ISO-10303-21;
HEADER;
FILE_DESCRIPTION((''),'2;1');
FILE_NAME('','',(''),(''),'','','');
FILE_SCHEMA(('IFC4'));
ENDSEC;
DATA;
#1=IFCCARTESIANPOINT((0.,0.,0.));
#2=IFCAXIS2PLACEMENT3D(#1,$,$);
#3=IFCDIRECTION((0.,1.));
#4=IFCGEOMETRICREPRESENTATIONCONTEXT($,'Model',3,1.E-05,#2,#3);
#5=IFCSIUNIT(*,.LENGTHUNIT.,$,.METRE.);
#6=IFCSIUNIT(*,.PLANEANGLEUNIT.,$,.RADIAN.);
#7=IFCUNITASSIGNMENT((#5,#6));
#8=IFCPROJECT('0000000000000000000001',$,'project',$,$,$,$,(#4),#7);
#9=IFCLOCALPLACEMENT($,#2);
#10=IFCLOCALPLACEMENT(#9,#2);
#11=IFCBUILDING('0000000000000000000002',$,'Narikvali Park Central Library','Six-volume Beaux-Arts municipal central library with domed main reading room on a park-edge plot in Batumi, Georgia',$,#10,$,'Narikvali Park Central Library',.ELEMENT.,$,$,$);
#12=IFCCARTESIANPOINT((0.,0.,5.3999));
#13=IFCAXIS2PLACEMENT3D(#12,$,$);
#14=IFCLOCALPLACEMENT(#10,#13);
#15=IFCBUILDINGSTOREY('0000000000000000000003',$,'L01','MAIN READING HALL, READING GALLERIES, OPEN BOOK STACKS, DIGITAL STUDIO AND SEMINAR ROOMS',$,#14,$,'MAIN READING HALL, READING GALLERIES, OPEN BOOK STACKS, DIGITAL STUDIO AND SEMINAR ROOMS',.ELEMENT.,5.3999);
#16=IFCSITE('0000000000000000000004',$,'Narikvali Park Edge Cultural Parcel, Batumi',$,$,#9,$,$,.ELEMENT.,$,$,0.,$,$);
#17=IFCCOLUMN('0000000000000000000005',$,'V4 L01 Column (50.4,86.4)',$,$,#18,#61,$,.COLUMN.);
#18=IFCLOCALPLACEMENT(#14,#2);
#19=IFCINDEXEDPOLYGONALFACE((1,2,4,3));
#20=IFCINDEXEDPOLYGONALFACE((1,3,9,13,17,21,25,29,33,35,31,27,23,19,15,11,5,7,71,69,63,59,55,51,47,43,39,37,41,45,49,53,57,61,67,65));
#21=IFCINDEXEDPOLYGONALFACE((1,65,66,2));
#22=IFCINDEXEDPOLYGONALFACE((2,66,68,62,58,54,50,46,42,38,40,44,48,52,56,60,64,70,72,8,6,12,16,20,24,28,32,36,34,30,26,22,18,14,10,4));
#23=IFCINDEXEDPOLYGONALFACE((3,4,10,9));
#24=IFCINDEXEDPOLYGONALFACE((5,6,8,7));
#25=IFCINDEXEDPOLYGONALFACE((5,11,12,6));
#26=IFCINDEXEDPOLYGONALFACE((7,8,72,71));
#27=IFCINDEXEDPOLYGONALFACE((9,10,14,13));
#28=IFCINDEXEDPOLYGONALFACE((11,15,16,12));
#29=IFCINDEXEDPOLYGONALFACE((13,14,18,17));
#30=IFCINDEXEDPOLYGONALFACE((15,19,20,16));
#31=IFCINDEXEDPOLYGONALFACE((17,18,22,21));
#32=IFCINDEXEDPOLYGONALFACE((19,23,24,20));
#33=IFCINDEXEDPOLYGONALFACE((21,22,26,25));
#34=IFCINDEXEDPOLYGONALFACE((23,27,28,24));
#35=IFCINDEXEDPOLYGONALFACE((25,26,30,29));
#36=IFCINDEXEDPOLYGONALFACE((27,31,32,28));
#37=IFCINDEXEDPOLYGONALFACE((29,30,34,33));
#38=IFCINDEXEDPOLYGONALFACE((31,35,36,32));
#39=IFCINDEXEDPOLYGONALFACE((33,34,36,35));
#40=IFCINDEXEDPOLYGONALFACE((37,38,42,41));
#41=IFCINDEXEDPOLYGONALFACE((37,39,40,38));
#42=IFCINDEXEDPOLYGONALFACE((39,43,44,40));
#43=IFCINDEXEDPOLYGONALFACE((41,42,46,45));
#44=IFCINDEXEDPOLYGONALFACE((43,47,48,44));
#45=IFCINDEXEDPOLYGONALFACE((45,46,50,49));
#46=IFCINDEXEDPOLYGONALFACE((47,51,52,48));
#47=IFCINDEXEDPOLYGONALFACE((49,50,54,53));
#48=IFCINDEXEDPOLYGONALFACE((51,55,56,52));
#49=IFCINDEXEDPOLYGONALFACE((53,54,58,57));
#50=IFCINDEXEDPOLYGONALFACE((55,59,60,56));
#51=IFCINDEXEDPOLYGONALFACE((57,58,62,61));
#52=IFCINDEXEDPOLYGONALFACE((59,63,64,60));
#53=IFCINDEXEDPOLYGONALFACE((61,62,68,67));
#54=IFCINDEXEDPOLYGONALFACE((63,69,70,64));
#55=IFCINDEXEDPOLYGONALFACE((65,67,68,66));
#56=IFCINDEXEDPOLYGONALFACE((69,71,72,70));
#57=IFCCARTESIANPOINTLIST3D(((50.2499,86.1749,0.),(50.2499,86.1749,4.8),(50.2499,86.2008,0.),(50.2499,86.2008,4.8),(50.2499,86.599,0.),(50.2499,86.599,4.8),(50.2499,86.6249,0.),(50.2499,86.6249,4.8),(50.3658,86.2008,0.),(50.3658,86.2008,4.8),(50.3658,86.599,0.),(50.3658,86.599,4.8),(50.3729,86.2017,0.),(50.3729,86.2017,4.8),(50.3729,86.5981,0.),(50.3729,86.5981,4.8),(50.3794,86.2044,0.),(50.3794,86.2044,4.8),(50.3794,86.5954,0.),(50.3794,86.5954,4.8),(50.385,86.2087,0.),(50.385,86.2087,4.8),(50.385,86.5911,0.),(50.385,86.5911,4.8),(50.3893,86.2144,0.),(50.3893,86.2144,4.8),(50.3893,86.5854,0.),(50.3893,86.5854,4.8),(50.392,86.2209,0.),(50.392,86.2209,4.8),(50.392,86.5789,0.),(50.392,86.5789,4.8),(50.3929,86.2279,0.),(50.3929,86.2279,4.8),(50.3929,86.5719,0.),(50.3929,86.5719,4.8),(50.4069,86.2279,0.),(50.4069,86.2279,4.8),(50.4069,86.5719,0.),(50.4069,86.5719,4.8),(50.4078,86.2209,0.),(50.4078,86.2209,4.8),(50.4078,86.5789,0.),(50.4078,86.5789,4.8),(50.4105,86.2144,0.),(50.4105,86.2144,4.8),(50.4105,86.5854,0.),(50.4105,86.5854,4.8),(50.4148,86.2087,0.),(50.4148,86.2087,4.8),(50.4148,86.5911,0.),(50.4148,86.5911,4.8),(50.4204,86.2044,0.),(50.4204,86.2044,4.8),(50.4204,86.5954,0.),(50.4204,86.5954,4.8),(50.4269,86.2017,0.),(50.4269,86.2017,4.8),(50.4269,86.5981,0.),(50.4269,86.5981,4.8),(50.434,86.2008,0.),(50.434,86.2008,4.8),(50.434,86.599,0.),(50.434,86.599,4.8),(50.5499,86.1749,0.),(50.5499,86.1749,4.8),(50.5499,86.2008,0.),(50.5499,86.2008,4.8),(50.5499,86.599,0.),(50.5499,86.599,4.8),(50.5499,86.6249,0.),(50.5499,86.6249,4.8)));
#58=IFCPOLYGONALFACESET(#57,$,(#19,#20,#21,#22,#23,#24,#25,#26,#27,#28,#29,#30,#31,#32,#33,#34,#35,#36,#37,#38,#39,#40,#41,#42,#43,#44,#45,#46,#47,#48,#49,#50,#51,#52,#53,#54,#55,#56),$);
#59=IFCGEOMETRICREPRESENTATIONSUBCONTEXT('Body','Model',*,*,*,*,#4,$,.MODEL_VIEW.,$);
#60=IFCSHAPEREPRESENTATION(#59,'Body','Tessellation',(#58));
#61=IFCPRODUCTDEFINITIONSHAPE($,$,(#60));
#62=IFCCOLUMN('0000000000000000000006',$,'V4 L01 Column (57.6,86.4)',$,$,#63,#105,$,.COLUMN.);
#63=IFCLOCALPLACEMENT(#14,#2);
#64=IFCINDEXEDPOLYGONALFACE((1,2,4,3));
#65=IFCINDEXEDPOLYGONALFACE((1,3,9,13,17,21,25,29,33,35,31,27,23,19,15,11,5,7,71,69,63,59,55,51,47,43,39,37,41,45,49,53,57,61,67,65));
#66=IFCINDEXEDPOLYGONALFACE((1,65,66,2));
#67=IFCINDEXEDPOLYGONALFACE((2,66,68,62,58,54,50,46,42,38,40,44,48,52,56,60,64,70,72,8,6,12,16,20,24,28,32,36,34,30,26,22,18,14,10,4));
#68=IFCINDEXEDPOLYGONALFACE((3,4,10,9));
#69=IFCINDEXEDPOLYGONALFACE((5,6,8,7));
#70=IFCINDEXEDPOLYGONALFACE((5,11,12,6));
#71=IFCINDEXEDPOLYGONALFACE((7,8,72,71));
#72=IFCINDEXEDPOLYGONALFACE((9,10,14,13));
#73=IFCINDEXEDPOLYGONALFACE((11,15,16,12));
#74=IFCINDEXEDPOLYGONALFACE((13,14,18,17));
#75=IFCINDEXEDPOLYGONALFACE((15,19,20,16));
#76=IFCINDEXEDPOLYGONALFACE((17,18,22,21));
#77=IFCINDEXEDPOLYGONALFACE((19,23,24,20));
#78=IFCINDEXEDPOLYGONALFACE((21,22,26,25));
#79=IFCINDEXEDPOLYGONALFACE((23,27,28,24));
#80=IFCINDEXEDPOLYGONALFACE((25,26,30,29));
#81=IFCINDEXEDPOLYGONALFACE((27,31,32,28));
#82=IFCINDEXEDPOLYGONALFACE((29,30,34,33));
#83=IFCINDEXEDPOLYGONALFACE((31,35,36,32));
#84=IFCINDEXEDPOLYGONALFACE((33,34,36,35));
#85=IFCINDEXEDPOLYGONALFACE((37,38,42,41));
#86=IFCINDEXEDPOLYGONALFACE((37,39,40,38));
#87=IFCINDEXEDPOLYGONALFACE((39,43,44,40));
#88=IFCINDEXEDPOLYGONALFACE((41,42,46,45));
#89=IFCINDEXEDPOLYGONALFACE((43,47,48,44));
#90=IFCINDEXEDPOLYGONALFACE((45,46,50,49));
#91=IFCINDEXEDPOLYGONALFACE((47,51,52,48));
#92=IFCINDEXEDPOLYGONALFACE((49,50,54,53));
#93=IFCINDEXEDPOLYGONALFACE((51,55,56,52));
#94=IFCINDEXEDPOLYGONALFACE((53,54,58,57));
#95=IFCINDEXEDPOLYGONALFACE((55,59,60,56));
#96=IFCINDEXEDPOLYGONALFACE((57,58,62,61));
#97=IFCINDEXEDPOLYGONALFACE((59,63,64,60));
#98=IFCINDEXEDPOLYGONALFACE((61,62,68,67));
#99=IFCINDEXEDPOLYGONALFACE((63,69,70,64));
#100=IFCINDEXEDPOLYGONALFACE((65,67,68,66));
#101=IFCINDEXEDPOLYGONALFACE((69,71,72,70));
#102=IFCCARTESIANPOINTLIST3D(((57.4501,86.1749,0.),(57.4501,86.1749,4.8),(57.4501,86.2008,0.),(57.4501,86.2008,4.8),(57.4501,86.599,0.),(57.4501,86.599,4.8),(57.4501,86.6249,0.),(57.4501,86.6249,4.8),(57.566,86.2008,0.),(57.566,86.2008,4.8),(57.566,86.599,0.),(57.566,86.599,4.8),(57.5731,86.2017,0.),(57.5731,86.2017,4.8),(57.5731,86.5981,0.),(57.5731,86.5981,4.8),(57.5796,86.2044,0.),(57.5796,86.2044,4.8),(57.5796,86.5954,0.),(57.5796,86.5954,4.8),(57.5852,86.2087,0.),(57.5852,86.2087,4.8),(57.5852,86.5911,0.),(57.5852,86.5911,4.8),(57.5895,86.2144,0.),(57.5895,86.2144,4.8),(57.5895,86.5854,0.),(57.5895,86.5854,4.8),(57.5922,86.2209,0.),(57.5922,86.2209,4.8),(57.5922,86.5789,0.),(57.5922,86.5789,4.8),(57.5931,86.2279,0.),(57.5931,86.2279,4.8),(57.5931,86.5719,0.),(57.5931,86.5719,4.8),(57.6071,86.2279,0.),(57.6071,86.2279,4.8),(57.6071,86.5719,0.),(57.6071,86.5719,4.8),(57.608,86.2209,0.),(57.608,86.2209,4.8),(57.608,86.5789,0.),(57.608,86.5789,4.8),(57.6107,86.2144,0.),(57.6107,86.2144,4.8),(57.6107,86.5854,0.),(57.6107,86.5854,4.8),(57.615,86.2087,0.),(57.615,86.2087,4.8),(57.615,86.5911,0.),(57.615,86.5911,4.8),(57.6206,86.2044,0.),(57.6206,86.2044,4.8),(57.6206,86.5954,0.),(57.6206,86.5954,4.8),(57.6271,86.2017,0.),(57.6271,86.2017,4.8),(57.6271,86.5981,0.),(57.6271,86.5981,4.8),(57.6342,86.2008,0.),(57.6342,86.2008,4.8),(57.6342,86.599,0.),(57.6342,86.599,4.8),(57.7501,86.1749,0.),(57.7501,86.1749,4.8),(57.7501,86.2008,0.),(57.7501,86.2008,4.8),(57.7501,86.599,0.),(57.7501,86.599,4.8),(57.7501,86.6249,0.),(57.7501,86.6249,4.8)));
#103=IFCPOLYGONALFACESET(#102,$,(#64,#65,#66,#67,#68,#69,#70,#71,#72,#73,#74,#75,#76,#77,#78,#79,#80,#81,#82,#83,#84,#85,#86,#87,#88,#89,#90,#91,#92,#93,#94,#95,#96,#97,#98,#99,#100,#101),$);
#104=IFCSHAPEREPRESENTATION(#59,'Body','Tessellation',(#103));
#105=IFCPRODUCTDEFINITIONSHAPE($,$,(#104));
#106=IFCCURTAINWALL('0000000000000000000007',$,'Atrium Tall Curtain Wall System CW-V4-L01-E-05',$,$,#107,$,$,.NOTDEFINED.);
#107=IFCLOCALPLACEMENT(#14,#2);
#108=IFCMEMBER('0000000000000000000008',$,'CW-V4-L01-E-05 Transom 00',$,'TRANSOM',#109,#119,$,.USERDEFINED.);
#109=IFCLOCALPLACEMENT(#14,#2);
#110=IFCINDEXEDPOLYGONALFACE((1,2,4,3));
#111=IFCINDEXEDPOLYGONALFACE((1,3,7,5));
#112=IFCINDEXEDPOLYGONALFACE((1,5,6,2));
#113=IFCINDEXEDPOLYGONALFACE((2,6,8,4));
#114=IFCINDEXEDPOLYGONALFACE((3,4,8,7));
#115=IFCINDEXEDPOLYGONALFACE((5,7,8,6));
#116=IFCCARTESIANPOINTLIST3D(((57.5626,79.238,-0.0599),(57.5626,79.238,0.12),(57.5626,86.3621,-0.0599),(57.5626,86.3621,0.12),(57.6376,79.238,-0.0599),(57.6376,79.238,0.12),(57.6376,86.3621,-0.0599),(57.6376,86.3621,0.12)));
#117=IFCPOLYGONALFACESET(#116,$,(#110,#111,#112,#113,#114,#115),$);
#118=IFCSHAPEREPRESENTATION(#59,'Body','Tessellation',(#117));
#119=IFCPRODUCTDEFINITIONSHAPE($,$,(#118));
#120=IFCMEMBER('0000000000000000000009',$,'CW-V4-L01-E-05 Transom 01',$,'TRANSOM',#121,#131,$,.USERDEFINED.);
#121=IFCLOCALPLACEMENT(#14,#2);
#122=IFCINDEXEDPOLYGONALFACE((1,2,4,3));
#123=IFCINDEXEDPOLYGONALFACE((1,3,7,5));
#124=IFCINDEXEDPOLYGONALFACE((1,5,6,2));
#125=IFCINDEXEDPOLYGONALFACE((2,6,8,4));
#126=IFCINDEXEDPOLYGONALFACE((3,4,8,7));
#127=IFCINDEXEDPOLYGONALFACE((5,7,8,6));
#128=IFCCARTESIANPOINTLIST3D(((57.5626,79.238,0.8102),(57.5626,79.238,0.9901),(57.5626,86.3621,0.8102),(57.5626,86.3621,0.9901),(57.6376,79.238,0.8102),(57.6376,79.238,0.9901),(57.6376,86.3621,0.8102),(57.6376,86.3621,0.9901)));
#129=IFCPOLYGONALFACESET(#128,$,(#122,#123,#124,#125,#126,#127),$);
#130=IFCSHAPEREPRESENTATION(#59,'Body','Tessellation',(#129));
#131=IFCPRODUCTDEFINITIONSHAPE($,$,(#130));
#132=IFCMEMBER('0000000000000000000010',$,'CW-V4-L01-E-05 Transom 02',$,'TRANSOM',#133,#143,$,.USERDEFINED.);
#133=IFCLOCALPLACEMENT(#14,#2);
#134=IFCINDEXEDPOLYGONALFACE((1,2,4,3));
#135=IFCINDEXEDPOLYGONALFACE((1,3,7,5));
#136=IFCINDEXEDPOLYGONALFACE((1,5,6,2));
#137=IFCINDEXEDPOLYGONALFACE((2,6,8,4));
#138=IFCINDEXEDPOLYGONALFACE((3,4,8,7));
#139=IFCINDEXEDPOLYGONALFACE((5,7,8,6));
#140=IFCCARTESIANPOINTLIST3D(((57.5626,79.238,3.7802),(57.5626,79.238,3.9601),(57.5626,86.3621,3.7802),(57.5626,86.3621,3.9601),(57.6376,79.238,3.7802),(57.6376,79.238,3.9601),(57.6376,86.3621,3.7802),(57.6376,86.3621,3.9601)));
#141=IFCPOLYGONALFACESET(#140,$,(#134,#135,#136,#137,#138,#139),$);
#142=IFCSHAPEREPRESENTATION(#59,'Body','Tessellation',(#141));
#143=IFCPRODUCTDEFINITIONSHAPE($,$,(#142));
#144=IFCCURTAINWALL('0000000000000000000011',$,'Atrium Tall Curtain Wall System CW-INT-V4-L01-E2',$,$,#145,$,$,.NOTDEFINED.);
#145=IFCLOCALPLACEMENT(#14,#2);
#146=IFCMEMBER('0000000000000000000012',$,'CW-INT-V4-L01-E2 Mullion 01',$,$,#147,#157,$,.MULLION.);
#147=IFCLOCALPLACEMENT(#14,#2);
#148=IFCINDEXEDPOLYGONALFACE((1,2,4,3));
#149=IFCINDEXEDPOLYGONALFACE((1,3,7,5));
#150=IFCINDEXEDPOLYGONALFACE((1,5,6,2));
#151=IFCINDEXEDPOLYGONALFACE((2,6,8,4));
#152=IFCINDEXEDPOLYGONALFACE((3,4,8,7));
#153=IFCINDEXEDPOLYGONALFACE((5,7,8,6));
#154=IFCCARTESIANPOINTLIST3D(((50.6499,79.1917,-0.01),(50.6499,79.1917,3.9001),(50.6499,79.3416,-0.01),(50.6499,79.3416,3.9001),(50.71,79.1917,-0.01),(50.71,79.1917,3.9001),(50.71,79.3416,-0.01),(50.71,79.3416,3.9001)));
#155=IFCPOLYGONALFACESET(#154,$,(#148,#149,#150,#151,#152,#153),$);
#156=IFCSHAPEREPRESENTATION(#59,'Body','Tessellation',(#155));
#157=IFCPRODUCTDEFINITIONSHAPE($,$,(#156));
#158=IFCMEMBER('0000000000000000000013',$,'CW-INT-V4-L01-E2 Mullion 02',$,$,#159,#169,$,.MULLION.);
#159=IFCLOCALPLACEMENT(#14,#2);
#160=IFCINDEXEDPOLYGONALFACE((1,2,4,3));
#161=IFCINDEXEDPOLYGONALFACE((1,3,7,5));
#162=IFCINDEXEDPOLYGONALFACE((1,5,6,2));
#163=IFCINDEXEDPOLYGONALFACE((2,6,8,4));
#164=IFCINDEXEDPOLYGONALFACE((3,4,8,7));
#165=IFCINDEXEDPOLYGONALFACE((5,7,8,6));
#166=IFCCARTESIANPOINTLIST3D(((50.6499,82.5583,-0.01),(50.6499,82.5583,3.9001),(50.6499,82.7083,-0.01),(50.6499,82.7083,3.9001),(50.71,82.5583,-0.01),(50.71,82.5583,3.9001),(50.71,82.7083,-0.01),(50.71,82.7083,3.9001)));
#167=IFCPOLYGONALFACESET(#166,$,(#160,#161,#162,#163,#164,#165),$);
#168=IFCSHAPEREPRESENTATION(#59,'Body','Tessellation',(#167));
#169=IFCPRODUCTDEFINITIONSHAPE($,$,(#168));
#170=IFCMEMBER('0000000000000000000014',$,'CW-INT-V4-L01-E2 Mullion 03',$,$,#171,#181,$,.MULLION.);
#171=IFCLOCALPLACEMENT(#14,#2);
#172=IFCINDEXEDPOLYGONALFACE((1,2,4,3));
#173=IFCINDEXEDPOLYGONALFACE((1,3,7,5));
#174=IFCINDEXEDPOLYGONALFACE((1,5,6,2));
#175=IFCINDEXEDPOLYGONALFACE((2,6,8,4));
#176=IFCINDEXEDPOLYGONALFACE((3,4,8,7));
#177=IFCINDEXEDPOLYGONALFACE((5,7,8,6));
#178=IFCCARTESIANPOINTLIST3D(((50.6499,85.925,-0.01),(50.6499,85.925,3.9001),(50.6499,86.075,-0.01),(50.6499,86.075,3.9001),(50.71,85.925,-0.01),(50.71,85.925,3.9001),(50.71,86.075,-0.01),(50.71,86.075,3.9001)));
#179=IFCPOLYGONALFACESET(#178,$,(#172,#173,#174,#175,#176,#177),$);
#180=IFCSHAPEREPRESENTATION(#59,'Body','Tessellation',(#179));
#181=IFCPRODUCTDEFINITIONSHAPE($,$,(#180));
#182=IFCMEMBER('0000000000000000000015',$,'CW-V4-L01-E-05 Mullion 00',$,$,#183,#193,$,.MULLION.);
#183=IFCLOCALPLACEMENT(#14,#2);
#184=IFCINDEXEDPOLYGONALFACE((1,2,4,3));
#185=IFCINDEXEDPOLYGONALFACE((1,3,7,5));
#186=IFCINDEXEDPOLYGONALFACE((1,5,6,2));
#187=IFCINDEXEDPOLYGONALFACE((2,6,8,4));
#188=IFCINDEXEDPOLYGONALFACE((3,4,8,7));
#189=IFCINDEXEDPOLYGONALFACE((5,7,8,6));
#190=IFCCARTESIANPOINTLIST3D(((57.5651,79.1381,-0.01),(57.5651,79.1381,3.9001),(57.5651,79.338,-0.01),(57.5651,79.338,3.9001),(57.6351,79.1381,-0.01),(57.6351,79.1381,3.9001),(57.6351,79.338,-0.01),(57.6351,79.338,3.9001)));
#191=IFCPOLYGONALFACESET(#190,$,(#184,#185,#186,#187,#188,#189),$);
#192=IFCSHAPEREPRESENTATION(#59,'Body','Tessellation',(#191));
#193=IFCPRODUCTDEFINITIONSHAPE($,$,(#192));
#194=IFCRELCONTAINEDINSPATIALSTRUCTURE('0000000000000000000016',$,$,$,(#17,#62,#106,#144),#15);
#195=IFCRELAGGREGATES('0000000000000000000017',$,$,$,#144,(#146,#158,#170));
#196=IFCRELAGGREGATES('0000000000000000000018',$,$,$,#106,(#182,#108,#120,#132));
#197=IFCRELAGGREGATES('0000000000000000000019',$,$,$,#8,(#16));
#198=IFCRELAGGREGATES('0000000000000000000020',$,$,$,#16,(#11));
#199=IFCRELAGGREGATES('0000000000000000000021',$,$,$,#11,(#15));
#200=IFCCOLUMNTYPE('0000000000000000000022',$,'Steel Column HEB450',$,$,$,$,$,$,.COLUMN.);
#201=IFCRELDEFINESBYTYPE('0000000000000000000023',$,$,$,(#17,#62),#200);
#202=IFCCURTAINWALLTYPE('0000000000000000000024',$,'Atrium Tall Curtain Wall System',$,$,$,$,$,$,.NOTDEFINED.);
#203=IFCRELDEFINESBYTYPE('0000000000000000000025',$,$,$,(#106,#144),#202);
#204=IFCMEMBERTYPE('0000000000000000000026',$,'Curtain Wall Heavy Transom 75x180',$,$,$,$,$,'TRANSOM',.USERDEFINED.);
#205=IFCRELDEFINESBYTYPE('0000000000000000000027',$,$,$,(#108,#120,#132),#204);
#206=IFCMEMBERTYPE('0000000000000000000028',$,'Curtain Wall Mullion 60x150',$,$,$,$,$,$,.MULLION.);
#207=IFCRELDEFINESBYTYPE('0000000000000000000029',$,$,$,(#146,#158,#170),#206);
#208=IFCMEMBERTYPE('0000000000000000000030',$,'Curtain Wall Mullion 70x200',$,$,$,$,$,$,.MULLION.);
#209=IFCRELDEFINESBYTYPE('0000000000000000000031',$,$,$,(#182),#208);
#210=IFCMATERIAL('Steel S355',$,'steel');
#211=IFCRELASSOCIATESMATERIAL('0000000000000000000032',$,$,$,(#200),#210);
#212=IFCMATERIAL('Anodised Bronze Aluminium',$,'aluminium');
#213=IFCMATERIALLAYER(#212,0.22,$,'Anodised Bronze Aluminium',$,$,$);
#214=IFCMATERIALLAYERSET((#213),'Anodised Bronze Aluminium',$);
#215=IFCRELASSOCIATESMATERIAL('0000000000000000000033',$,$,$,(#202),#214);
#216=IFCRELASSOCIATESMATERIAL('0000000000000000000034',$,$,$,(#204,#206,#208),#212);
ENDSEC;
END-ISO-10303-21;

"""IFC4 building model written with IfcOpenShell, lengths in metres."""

from ifc_helpers import new_model, si_unit, direction, frame, origin, origin_2d, place, context, subcontext, project, spatial, rectangle, i_section, extrude, material, layer, layer_set, material_profile, profile_set, type_object, element, aggregate, save


model = new_model("IFC4")

# Units and contexts
model_context = context("Model", 3, precision=1e-05, world=origin(), true_north=direction((0.0, 1.0)))
body_context = subcontext(model_context, "Body", "Model", "MODEL_VIEW")
ifc_project = project(units=[si_unit("LENGTHUNIT", "METRE"), si_unit("PLANEANGLEUNIT", "RADIAN")], contexts=[model_context])

# Site, building, storey
site_placement = place(None, origin())
site = spatial("IfcSite", under=ifc_project, at=site_placement, Name="Narikvali Park Edge Cultural Parcel, Batumi", CompositionType="ELEMENT", RefElevation=0.0)
building_placement = place(site_placement, origin())
building = spatial("IfcBuilding", under=site, at=building_placement, Name="Narikvali Park Central Library", Description="Six-volume Beaux-Arts municipal central library with domed main reading room on a park-edge plot in Batumi, Georgia", LongName="Narikvali Park Central Library", CompositionType="ELEMENT")
storey_placement = place(building_placement, frame((0.0, 0.0, 5.3999)))
storey = spatial("IfcBuildingStorey", under=building, at=storey_placement, Name="L01", Description="MAIN READING HALL, READING GALLERIES, OPEN BOOK STACKS, DIGITAL STUDIO AND SEMINAR ROOMS", LongName="MAIN READING HALL, READING GALLERIES, OPEN BOOK STACKS, DIGITAL STUDIO AND SEMINAR ROOMS", CompositionType="ELEMENT", Elevation=5.3999)

# Columns
ifc_material_1 = material(Name="Steel S355", Category="steel")
ifc_material_profile_1 = material_profile(ifc_material_1, i_section(OverallWidth=0.3, OverallDepth=0.45, WebThickness=0.0139, FlangeThickness=0.0259, FilletRadius=0.0271, at=origin_2d()), Name="HEB 450")
ifc_profile_set_1 = profile_set([ifc_material_profile_1], Name="Steel S355")
column_type = type_object("IfcColumnType", Name="Steel Column HEB450", PredefinedType="COLUMN", material=ifc_profile_set_1)
for number, where, z_axis, x_axis, name in (
    (1, (50.3999, 86.3999, 0.0), (0.0, 0.0, 1.0), (1.0, 0.0, 0.0), "V4 L01 Column (50.4,86.4)"),
    (2, (57.6001, 86.3999, 0.0), (0.0, 0.0, 1.0), (1.0, 0.0, 0.0), "V4 L01 Column (57.6,86.4)"),
):
    element("IfcColumn", number, at=place(storey_placement, frame(where, z_axis=z_axis, x_axis=x_axis)), inside=storey, type_object=column_type, Name=name, PredefinedType="COLUMN", context=body_context, shape_type="SweptSolid", body=[
        extrude(i_section(OverallWidth=0.3, OverallDepth=0.45, WebThickness=0.0139, FlangeThickness=0.0259, FilletRadius=0.0271, at=origin_2d()), origin(), (0.0, 0.0, 1.0), 4.8),
    ])

# Curtain walls, members
ifc_material_2 = material(Name="Anodised Bronze Aluminium", Category="aluminium")
ifc_layer_1 = layer(ifc_material_2, 0.22, Name="Anodised Bronze Aluminium")
ifc_layer_set_1 = layer_set([ifc_layer_1], Name="Anodised Bronze Aluminium")
curtain_wall_type = type_object("IfcCurtainWallType", Name="Atrium Tall Curtain Wall System", PredefinedType="NOTDEFINED", material=ifc_layer_set_1)
curtain_wall_1_placement = place(storey_placement, origin())
curtain_wall_1 = element("IfcCurtainWall", 3, at=curtain_wall_1_placement, inside=storey, type_object=curtain_wall_type, Name="Atrium Tall Curtain Wall System CW-V4-L01-E-05", PredefinedType="NOTDEFINED")
ifc_material_profile_2 = material_profile(ifc_material_2, rectangle(XDim=0.075, YDim=0.1799, at=origin_2d()), Name="CW TRANSOM 75x180")
ifc_profile_set_2 = profile_set([ifc_material_profile_2], Name="Anodised Bronze Aluminium")
member_type_1 = type_object("IfcMemberType", Name="Curtain Wall Heavy Transom 75x180", ElementType="TRANSOM", PredefinedType="USERDEFINED", material=ifc_profile_set_2)
member_1_placement = place(storey_placement, frame((57.6001, 79.238, 0.03), z_axis=(0.0, 1.0, 0.0), x_axis=(-1.0, 0.0, 0.0)))
member_1 = element("IfcMember", 4, at=member_1_placement, type_object=member_type_1, Name="CW-V4-L01-E-05 Transom 00", ObjectType="TRANSOM", PredefinedType="USERDEFINED", context=body_context, shape_type="SweptSolid", body=[
    extrude(rectangle(XDim=0.075, YDim=0.1799, at=origin_2d()), origin(), (0.0, 0.0, 1.0), 7.124),
])
member_2_placement = place(storey_placement, frame((57.6001, 79.238, 0.9001), z_axis=(0.0, 1.0, 0.0), x_axis=(-1.0, 0.0, 0.0)))
member_2 = element("IfcMember", 5, at=member_2_placement, type_object=member_type_1, Name="CW-V4-L01-E-05 Transom 01", ObjectType="TRANSOM", PredefinedType="USERDEFINED", context=body_context, shape_type="SweptSolid", body=[
    extrude(rectangle(XDim=0.075, YDim=0.1799, at=origin_2d()), origin(), (0.0, 0.0, 1.0), 7.124),
])
member_3_placement = place(storey_placement, frame((57.6001, 79.238, 3.8701), z_axis=(0.0, 1.0, 0.0), x_axis=(-1.0, 0.0, 0.0)))
member_3 = element("IfcMember", 6, at=member_3_placement, type_object=member_type_1, Name="CW-V4-L01-E-05 Transom 02", ObjectType="TRANSOM", PredefinedType="USERDEFINED", context=body_context, shape_type="SweptSolid", body=[
    extrude(rectangle(XDim=0.075, YDim=0.1799, at=origin_2d()), origin(), (0.0, 0.0, 1.0), 7.124),
])
curtain_wall_2_placement = place(storey_placement, origin())
curtain_wall_2 = element("IfcCurtainWall", 7, at=curtain_wall_2_placement, inside=storey, type_object=curtain_wall_type, Name="Atrium Tall Curtain Wall System CW-INT-V4-L01-E2", PredefinedType="NOTDEFINED")
ifc_material_profile_3 = material_profile(ifc_material_2, rectangle(XDim=0.0601, YDim=0.1499, at=origin_2d()), Name="CW MULLION 60x150")
ifc_profile_set_3 = profile_set([ifc_material_profile_3], Name="Anodised Bronze Aluminium")
member_type_2 = type_object("IfcMemberType", Name="Curtain Wall Mullion 60x150", PredefinedType="MULLION", material=ifc_profile_set_3)
member_4_placement = place(storey_placement, frame((50.6799, 79.2666, -0.01), z_axis=(0.0, 0.0, 1.0), x_axis=(1.0, 0.0, 0.0)))
member_4 = element("IfcMember", 8, at=member_4_placement, type_object=member_type_2, Name="CW-INT-V4-L01-E2 Mullion 01", PredefinedType="MULLION", context=body_context, shape_type="SweptSolid", body=[
    extrude(rectangle(XDim=0.0601, YDim=0.1499, at=origin_2d()), origin(), (0.0, 0.0, 1.0), 3.9102),
])
member_5_placement = place(storey_placement, frame((50.6799, 82.6333, -0.01), z_axis=(0.0, 0.0, 1.0), x_axis=(1.0, 0.0, 0.0)))
member_5 = element("IfcMember", 9, at=member_5_placement, type_object=member_type_2, Name="CW-INT-V4-L01-E2 Mullion 02", PredefinedType="MULLION", context=body_context, shape_type="SweptSolid", body=[
    extrude(rectangle(XDim=0.0601, YDim=0.1499, at=origin_2d()), origin(), (0.0, 0.0, 1.0), 3.9102),
])
member_6_placement = place(storey_placement, frame((50.6799, 86.0, -0.01), z_axis=(0.0, 0.0, 1.0), x_axis=(1.0, 0.0, 0.0)))
member_6 = element("IfcMember", 10, at=member_6_placement, type_object=member_type_2, Name="CW-INT-V4-L01-E2 Mullion 03", PredefinedType="MULLION", context=body_context, shape_type="SweptSolid", body=[
    extrude(rectangle(XDim=0.0601, YDim=0.1499, at=origin_2d()), origin(), (0.0, 0.0, 1.0), 3.9102),
])

# Member
ifc_material_profile_4 = material_profile(ifc_material_2, rectangle(XDim=0.0701, YDim=0.2, at=origin_2d()), Name="CW MULLION 70x200")
ifc_profile_set_4 = profile_set([ifc_material_profile_4], Name="Anodised Bronze Aluminium")
member_type_3 = type_object("IfcMemberType", Name="Curtain Wall Mullion 70x200", PredefinedType="MULLION", material=ifc_profile_set_4)
member_7_placement = place(storey_placement, frame((57.6001, 79.238, -0.01), z_axis=(0.0, 0.0, 1.0), x_axis=(1.0, 0.0, 0.0)))
member_7 = element("IfcMember", 11, at=member_7_placement, type_object=member_type_3, Name="CW-V4-L01-E-05 Mullion 00", PredefinedType="MULLION", context=body_context, shape_type="SweptSolid", body=[
    extrude(rectangle(XDim=0.0701, YDim=0.2, at=origin_2d()), origin(), (0.0, 0.0, 1.0), 3.9102),
])

aggregate(curtain_wall_2, [member_4, member_5, member_6])
aggregate(curtain_wall_1, [member_7, member_1, member_2, member_3])

save(model, "model.ifc")
